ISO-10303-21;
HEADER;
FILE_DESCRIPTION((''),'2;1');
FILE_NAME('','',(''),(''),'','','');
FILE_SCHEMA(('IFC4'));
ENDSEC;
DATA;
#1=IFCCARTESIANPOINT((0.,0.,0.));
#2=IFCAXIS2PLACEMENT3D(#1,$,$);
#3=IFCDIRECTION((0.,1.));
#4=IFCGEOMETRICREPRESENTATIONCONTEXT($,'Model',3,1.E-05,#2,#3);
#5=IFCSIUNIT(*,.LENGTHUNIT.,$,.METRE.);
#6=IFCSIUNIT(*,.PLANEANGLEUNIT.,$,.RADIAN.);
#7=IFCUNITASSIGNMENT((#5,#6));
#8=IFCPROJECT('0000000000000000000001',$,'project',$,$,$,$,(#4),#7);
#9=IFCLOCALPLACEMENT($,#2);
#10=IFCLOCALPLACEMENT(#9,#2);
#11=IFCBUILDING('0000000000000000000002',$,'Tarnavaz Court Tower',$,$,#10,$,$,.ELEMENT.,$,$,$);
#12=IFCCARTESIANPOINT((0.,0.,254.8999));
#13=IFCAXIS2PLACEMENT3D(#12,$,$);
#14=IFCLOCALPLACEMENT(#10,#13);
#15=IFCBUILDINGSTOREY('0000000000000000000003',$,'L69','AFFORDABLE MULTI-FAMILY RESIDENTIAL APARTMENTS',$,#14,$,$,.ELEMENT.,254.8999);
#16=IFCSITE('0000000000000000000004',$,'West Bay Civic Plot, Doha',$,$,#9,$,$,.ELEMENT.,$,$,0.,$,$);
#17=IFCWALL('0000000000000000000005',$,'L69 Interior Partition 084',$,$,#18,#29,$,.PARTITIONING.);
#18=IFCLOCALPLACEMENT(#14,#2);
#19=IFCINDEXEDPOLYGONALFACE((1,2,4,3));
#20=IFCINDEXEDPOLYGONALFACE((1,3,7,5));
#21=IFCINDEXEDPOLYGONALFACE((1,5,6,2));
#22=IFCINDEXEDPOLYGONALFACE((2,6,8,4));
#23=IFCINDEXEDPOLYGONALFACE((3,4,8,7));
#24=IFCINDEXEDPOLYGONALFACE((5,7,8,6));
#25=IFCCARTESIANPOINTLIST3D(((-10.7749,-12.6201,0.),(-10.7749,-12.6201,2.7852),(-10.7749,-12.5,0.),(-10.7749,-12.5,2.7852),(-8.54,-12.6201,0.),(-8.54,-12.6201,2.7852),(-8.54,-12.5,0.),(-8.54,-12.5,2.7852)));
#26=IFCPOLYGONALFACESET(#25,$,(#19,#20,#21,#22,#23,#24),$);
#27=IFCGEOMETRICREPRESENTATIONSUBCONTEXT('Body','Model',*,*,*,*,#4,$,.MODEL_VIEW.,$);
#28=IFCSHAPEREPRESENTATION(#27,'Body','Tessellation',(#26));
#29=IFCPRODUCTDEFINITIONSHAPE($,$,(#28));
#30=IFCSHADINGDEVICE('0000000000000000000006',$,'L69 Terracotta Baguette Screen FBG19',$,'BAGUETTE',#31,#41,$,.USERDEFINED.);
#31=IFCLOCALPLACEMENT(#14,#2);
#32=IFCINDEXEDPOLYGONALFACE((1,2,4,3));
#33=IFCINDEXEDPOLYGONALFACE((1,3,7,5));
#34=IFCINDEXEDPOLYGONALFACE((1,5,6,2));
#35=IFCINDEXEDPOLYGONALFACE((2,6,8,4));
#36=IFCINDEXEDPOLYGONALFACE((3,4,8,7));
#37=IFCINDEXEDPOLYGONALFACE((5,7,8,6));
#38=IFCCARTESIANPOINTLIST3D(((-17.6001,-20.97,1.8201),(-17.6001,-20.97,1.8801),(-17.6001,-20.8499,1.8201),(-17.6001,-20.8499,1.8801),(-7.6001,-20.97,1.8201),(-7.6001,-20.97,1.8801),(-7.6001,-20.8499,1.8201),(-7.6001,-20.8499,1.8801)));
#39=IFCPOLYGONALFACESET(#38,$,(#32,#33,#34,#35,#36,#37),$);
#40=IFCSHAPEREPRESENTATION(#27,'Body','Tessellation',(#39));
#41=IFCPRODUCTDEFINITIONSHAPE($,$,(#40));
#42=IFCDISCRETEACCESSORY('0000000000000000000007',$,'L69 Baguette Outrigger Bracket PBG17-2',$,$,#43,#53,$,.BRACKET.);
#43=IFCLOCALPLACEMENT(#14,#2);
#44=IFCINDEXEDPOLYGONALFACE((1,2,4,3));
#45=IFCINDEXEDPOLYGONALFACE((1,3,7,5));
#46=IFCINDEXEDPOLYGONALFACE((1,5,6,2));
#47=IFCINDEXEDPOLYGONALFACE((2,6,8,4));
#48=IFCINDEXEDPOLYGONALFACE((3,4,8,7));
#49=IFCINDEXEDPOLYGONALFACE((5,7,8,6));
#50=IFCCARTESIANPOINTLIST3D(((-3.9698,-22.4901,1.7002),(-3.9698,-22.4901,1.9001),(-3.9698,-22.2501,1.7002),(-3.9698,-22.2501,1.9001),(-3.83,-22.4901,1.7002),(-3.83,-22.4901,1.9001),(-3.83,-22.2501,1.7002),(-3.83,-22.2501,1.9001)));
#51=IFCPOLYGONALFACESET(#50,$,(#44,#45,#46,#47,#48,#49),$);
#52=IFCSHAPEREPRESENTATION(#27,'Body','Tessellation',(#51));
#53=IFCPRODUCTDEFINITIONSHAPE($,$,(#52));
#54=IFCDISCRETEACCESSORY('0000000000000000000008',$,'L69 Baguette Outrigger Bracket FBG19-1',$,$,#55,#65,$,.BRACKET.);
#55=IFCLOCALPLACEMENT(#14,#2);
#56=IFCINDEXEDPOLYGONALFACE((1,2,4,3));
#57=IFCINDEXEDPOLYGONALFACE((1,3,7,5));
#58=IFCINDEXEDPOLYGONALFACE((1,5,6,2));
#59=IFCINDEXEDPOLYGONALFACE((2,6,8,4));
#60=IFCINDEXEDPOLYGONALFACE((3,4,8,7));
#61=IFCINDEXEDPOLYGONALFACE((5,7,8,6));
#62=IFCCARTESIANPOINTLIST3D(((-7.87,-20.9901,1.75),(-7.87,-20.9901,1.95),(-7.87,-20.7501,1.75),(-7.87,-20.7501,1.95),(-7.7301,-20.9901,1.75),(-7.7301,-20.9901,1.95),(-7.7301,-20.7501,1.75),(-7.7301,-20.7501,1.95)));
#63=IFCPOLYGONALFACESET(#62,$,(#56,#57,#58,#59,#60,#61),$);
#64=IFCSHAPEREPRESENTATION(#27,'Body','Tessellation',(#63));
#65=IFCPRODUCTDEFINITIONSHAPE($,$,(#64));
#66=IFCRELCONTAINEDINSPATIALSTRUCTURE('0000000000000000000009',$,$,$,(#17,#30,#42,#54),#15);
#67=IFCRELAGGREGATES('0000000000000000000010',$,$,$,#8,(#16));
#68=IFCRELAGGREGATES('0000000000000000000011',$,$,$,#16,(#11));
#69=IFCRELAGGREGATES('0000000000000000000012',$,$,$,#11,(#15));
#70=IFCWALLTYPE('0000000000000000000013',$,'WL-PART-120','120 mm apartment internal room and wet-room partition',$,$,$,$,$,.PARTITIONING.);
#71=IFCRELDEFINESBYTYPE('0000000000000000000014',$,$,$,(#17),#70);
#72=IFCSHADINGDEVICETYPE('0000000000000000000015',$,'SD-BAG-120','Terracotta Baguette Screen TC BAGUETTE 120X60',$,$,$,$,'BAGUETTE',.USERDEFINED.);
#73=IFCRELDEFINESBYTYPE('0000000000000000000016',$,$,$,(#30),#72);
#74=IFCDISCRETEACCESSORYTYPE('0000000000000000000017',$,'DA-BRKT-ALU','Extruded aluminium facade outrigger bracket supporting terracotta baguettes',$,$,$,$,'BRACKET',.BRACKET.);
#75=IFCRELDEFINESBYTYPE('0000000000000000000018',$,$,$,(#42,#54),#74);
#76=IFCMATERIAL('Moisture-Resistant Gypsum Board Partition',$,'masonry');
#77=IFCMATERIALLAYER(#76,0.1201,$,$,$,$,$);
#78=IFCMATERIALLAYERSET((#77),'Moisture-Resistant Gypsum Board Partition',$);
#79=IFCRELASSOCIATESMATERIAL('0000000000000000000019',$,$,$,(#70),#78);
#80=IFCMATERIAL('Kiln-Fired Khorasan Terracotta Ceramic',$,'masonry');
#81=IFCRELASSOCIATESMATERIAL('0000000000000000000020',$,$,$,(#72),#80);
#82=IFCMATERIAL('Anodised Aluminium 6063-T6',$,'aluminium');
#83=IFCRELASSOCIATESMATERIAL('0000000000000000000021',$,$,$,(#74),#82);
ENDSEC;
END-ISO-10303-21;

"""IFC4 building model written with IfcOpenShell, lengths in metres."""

from ifc_helpers import new_model, si_unit, direction, frame, frame_2d, origin, origin_2d, place, context, subcontext, project, spatial, rectangle, extrude, material, layer, layer_set, material_profile, profile_set, type_object, element, save


model = new_model("IFC4")

# Units and contexts
model_context = context("Model", 3, precision=1e-05, world=origin(), true_north=direction((0.0, 1.0)))
body_context = subcontext(model_context, "Body", "Model", "MODEL_VIEW")
ifc_project = project(units=[si_unit("LENGTHUNIT", "METRE"), si_unit("PLANEANGLEUNIT", "RADIAN")], contexts=[model_context])

# Site, building, storey
site_placement = place(None, origin())
site = spatial("IfcSite", under=ifc_project, at=site_placement, Name="West Bay Civic Plot, Doha", CompositionType="ELEMENT", RefElevation=0.0)
building_placement = place(site_placement, origin())
building = spatial("IfcBuilding", under=site, at=building_placement, Name="Tarnavaz Court Tower", CompositionType="ELEMENT")
storey_placement = place(building_placement, frame((0.0, 0.0, 254.8999)))
storey = spatial("IfcBuildingStorey", under=building, at=storey_placement, Name="L69", Description="AFFORDABLE MULTI-FAMILY RESIDENTIAL APARTMENTS", CompositionType="ELEMENT", Elevation=254.8999)

# Shared definitions
ifc_material_1 = material(Name="Anodised Aluminium 6063-T6", Category="aluminium")

# Shared definitions
ifc_material_2 = material(Name="Moisture-Resistant Gypsum Board Partition", Category="masonry")
ifc_layer_1 = layer(ifc_material_2, 0.1201)
ifc_layer_set_1 = layer_set([ifc_layer_1], Name="Moisture-Resistant Gypsum Board Partition")
wall_type_1 = type_object("IfcWallType", Name="WL-PART-120", Description="120 mm apartment internal room and wet-room partition", PredefinedType="PARTITIONING", material=ifc_layer_set_1)

# Wall
wall_1_placement = place(storey_placement, frame((-10.7749, -12.5601, 0.0), z_axis=(0.0, 0.0, 1.0), x_axis=(1.0, 0.0, 0.0)))
element("IfcWall", 1, at=wall_1_placement, inside=storey, type_object=wall_type_1, Name="L69 Interior Partition 084", PredefinedType="PARTITIONING", context=body_context, shape_type="SweptSolid", body=[
    extrude(rectangle(XDim=2.2349, YDim=0.1201, at=frame_2d((1.1174, 0.0))), origin(), (0.0, 0.0, 1.0), 2.7852),
])

# Shading device
ifc_material_3 = material(Name="Kiln-Fired Khorasan Terracotta Ceramic", Category="masonry")
ifc_material_profile_1 = material_profile(ifc_material_3, rectangle(XDim=0.1201, YDim=0.0601, at=origin_2d()), Name="TC BAGUETTE 120X60")
ifc_profile_set_1 = profile_set([ifc_material_profile_1], Name="Kiln-Fired Khorasan Terracotta Ceramic")
shading_device_type = type_object("IfcShadingDeviceType", Name="SD-BAG-120", Description="Terracotta Baguette Screen TC BAGUETTE 120X60", ElementType="BAGUETTE", PredefinedType="USERDEFINED", material=ifc_profile_set_1)
shading_device_placement = place(storey_placement, frame((-7.6001, -20.9099, 1.8501), z_axis=(-1.0, 0.0, 0.0), x_axis=(0.0, -1.0, 0.0)))
element("IfcShadingDevice", 2, at=shading_device_placement, inside=storey, type_object=shading_device_type, Name="L69 Terracotta Baguette Screen FBG19", ObjectType="BAGUETTE", PredefinedType="USERDEFINED", context=body_context, shape_type="SweptSolid", body=[
    extrude(rectangle(XDim=0.1201, YDim=0.0601, at=origin_2d()), origin(), (0.0, 0.0, 1.0), 10.0),
])

# Discrete accessories
discrete_accessory_type = type_object("IfcDiscreteAccessoryType", Name="DA-BRKT-ALU", Description="Extruded aluminium facade outrigger bracket supporting terracotta baguettes", ElementType="BRACKET", PredefinedType="BRACKET", material=ifc_material_1)
for number, where, z_axis, x_axis, name in (
    (3, (-3.8999, -22.3701, 1.7002), (0.0, 0.0, 1.0), (-1.0, 0.0, 0.0), "L69 Baguette Outrigger Bracket PBG17-2"),
    (4, (-7.8, -20.8701, 1.75), (0.0, 0.0, 1.0), (-1.0, 0.0, 0.0), "L69 Baguette Outrigger Bracket FBG19-1"),
):
    element("IfcDiscreteAccessory", number, at=place(storey_placement, frame(where, z_axis=z_axis, x_axis=x_axis)), inside=storey, type_object=discrete_accessory_type, Name=name, PredefinedType="BRACKET", context=body_context, shape_type="SweptSolid", body=[
        extrude(rectangle(XDim=0.1399, YDim=0.24, at=origin_2d()), origin(), (0.0, 0.0, 1.0), 0.2),
    ])

save(model, "model.ifc")
